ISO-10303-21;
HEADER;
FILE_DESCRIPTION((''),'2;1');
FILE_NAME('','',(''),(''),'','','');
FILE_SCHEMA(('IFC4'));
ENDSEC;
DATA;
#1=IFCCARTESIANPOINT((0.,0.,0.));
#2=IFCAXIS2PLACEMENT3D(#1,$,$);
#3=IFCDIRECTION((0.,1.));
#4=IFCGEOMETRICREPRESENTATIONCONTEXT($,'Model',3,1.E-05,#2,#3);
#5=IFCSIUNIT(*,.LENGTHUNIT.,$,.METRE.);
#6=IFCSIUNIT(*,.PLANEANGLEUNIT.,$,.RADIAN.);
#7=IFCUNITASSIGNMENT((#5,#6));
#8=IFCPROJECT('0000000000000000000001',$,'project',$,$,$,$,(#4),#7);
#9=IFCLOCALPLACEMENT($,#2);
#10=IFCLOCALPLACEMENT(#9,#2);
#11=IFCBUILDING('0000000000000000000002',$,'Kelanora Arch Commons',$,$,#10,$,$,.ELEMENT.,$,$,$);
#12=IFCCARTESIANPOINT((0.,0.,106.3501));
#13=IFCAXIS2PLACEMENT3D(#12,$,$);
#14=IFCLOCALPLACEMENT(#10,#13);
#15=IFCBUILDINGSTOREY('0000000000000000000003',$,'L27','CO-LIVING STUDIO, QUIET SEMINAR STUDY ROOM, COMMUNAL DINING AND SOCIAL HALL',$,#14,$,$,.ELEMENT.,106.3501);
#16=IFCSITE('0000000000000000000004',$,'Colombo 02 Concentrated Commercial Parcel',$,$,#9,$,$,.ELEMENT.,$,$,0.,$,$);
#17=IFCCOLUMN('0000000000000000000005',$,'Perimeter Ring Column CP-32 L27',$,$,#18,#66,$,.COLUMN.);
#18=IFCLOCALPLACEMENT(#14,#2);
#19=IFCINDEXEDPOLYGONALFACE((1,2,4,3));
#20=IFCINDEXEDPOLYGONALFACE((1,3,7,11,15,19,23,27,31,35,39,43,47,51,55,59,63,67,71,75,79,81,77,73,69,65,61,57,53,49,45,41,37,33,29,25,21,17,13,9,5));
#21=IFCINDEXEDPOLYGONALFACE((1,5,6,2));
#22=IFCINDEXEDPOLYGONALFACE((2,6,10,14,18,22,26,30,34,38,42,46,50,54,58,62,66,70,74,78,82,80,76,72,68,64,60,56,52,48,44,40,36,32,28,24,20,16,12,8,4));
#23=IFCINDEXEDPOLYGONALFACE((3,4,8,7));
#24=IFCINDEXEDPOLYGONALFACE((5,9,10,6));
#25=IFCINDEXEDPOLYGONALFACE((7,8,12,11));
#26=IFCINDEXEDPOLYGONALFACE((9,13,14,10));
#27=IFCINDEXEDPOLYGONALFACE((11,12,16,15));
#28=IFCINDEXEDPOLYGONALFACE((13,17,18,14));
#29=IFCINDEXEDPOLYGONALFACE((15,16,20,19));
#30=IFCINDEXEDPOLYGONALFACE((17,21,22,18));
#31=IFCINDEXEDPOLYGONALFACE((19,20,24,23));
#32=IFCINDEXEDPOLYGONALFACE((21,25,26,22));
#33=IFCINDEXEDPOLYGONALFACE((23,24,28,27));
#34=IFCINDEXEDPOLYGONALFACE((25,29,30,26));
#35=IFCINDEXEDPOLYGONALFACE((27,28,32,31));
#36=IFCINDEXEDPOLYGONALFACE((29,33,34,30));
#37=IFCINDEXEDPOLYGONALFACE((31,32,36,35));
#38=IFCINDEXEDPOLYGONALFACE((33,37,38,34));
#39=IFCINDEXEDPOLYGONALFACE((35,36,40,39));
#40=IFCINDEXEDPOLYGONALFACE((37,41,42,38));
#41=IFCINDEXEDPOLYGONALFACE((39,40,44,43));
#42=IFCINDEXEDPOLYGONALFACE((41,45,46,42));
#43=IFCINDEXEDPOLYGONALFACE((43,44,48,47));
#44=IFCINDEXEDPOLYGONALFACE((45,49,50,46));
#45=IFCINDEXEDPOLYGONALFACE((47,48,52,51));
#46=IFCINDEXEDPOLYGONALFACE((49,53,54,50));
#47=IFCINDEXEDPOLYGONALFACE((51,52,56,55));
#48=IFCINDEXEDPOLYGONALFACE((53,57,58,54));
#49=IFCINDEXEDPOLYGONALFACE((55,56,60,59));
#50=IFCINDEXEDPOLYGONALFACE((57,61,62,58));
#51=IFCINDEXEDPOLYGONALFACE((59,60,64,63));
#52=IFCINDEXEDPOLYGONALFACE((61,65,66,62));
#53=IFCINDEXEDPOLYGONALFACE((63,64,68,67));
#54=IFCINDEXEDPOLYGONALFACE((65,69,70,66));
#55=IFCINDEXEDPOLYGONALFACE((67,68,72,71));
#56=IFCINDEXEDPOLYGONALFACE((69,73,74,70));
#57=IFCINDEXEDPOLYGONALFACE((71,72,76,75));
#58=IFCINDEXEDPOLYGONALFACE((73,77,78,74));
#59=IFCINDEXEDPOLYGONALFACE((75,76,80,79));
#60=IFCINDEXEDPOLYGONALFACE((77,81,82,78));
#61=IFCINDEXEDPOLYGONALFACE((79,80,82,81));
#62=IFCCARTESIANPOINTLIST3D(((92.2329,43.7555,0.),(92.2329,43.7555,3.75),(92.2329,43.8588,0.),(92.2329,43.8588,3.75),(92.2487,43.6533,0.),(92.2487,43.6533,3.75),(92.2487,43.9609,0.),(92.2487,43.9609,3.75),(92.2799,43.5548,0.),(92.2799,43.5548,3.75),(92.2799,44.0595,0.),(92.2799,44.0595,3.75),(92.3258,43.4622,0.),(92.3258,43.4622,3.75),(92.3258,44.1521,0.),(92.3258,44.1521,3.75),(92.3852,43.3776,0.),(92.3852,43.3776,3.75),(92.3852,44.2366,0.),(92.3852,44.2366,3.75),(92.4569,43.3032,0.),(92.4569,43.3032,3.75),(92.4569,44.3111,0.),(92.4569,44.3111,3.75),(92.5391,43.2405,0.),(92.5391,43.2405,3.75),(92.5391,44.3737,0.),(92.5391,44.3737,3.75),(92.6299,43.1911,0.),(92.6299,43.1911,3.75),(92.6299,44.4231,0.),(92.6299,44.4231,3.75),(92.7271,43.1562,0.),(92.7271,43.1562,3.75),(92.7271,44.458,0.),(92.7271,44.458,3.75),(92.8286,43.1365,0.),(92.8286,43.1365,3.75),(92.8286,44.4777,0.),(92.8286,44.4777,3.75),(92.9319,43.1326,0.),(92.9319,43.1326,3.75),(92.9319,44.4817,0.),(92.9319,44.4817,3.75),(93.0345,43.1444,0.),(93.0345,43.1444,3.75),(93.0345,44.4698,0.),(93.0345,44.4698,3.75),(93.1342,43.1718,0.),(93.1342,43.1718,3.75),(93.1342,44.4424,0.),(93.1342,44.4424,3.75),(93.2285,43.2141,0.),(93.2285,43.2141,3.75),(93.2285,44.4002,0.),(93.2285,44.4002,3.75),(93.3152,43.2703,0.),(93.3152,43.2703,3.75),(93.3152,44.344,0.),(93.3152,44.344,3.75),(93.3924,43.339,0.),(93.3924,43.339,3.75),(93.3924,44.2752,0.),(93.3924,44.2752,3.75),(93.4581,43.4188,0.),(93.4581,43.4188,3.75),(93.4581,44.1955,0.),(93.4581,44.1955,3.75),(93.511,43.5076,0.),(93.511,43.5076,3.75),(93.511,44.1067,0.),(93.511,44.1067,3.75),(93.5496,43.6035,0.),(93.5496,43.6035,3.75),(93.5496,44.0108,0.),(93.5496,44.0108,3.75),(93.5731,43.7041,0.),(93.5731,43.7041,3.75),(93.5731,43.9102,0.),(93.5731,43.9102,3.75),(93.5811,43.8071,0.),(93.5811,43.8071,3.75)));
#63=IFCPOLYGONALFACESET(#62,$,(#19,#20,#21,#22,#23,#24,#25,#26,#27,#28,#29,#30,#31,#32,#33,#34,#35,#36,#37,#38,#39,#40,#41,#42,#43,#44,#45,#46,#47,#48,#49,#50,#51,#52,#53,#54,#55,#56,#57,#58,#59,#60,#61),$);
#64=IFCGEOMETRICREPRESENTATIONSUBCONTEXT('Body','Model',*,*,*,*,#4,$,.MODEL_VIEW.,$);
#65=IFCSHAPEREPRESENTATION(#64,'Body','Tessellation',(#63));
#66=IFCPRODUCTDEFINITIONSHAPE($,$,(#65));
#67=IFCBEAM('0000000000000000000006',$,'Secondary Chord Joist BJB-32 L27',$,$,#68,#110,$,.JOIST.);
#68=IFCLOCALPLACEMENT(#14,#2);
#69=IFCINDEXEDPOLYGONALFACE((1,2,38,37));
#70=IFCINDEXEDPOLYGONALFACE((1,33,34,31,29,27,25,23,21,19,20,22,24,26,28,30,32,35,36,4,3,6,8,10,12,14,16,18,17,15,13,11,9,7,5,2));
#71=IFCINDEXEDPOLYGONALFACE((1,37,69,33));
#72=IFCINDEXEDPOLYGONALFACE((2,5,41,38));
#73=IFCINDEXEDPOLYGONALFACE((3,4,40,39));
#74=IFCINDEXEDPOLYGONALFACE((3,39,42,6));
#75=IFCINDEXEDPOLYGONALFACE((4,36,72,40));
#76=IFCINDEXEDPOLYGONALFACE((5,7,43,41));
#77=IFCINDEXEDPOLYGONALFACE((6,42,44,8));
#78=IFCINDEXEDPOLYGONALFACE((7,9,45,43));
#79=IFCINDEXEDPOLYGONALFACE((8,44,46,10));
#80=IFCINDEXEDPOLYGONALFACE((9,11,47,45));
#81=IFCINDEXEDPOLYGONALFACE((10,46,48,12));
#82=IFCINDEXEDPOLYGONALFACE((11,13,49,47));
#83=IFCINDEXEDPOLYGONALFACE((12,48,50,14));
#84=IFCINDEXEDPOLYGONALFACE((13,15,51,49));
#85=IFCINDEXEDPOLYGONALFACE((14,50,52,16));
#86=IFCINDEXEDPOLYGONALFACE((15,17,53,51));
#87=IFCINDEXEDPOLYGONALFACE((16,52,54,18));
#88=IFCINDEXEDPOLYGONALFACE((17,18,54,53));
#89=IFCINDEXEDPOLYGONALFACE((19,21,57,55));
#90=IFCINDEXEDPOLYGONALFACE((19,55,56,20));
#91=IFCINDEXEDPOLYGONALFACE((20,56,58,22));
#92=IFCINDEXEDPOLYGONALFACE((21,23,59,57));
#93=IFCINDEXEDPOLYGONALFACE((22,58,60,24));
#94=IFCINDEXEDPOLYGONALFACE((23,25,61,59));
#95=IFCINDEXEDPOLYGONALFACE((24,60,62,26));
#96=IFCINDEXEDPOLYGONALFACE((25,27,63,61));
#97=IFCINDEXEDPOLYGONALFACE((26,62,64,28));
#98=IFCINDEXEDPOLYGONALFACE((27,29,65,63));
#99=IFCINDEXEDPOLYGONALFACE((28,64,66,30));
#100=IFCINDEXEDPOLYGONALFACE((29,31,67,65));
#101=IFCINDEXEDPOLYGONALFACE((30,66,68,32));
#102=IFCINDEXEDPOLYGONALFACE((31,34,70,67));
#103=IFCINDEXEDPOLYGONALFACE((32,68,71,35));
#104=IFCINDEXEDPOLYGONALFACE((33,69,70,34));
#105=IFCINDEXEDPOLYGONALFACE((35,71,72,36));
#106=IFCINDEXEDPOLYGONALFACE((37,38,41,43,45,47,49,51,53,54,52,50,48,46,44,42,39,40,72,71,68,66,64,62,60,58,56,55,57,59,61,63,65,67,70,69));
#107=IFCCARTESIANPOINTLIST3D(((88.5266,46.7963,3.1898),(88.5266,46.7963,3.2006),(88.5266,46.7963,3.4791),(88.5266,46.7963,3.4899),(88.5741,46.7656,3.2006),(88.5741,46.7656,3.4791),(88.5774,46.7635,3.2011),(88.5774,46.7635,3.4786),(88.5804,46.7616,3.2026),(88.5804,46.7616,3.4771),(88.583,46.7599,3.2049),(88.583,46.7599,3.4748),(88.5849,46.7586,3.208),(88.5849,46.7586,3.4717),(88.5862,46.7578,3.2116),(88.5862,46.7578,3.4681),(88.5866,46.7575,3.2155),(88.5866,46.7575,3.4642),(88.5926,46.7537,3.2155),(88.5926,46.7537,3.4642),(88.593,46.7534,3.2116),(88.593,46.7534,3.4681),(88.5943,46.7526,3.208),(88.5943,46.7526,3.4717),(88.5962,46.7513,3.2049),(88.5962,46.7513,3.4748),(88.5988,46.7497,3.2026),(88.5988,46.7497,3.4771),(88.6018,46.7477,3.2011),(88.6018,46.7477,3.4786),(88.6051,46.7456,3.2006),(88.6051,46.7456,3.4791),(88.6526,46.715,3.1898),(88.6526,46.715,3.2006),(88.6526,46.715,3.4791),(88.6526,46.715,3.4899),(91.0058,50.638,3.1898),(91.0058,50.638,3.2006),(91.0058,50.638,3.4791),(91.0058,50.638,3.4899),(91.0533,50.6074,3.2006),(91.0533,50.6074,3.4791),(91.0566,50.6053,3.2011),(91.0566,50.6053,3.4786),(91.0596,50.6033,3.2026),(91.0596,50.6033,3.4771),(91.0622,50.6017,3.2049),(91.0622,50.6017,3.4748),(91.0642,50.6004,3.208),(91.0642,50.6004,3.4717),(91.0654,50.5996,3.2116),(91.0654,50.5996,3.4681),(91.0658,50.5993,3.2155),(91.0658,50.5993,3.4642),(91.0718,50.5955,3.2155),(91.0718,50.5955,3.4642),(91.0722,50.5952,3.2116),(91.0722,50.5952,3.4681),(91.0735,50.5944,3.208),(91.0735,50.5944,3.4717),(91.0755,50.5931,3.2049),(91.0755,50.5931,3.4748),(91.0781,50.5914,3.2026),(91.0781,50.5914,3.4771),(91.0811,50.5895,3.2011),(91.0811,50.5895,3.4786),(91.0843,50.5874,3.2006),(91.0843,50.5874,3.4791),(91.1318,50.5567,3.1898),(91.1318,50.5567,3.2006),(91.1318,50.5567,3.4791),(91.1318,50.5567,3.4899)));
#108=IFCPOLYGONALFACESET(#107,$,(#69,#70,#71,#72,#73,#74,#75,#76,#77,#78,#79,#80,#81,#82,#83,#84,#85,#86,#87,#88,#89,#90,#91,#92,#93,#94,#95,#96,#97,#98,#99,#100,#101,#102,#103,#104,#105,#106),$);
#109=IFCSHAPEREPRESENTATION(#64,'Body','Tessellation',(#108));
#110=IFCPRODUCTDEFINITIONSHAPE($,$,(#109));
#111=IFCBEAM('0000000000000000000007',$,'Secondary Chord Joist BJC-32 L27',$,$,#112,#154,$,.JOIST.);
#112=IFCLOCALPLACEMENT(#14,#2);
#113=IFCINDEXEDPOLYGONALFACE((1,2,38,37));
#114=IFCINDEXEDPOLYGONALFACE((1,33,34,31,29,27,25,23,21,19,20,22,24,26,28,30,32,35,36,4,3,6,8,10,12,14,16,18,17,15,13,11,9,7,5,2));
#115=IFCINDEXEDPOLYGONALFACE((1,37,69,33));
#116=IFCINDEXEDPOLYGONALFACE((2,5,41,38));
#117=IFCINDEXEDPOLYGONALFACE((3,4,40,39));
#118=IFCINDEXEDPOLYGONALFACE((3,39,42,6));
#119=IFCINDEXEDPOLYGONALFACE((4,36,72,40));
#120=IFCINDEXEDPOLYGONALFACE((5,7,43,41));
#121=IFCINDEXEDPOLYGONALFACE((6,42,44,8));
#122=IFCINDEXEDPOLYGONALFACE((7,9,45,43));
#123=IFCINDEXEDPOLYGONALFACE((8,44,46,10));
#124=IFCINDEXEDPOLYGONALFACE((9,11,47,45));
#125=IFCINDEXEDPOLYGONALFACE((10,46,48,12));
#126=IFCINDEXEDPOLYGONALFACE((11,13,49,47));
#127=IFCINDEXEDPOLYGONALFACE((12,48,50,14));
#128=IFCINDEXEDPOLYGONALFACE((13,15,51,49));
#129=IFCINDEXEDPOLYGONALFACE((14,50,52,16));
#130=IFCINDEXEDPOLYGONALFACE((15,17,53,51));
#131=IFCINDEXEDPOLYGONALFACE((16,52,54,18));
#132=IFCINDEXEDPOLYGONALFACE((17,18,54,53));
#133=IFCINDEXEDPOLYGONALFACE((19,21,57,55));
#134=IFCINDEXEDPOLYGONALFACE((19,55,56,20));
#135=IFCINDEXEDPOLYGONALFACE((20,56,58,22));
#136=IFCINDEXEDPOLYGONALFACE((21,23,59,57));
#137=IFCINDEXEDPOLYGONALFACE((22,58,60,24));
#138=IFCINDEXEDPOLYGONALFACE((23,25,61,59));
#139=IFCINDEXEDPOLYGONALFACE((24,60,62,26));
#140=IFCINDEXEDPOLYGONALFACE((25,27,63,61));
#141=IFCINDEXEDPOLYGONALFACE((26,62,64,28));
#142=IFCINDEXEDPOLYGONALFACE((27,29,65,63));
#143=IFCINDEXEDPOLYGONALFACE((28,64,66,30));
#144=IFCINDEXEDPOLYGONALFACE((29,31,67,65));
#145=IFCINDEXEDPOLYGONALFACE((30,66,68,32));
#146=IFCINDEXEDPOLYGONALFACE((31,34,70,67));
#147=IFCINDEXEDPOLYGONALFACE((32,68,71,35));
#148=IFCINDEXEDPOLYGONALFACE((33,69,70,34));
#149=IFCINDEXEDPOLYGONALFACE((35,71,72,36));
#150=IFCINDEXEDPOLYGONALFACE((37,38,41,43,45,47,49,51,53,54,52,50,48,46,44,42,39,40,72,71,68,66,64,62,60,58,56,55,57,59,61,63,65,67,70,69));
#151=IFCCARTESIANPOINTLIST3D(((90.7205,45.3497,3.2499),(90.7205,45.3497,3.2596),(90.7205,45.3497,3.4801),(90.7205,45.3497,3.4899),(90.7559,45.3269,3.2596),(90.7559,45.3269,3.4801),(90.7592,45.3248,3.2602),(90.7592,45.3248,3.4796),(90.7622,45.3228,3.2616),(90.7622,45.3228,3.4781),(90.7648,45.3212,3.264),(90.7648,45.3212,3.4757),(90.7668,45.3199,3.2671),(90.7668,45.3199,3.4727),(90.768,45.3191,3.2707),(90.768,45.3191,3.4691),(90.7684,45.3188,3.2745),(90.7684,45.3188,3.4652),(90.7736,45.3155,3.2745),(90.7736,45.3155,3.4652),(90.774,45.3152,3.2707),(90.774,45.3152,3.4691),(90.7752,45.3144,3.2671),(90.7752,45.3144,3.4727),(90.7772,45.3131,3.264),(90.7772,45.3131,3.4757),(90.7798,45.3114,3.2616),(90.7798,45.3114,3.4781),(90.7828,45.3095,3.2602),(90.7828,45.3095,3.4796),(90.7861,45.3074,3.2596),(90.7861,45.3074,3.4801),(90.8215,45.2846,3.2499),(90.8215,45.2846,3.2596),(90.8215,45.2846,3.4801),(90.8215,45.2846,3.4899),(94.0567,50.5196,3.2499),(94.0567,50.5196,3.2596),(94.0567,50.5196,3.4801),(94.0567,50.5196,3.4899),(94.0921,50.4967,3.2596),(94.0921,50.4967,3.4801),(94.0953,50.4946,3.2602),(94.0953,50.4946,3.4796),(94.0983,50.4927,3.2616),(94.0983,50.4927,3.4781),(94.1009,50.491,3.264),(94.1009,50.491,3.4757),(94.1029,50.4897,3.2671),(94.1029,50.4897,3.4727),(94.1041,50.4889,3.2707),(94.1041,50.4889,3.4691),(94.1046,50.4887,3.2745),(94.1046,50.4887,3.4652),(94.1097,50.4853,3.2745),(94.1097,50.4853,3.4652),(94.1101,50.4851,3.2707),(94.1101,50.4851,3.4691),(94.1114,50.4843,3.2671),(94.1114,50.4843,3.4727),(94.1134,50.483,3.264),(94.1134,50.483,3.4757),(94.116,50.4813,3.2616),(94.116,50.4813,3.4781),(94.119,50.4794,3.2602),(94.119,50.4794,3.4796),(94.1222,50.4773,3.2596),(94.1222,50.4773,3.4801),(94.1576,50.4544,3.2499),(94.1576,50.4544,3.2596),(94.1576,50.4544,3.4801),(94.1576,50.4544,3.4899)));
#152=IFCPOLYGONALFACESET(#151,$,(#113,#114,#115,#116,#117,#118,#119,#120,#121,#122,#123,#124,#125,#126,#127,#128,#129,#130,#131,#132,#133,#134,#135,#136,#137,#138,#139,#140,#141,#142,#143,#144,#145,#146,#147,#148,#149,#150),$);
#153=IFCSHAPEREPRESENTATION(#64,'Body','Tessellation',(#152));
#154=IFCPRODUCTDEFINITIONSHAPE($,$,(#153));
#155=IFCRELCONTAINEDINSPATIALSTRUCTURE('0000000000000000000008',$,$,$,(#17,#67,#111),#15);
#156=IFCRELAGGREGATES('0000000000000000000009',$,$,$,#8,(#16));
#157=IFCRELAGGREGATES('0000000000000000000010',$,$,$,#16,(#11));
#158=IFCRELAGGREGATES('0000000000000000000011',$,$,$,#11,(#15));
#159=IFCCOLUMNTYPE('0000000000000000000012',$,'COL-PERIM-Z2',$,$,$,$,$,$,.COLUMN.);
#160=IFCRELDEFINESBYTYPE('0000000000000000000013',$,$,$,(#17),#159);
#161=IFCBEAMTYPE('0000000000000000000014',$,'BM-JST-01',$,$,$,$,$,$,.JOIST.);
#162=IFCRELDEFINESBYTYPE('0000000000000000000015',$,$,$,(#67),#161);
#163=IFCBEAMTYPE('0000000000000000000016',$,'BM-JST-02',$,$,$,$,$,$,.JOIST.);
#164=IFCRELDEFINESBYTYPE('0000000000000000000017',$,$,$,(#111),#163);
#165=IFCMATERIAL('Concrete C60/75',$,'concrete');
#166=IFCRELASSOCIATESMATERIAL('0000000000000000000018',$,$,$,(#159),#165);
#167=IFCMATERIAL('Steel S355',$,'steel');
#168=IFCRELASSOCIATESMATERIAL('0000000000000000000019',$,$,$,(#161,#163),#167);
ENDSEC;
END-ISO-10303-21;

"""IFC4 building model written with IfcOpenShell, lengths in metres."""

from ifc_helpers import new_model, si_unit, direction, frame, origin, origin_2d, place, context, subcontext, project, spatial, circle, i_section, extrude, material, material_profile, profile_set, type_object, element, save


model = new_model("IFC4")

# Units and contexts
model_context = context("Model", 3, precision=1e-05, world=origin(), true_north=direction((0.0, 1.0)))
body_context = subcontext(model_context, "Body", "Model", "MODEL_VIEW")
ifc_project = project(units=[si_unit("LENGTHUNIT", "METRE"), si_unit("PLANEANGLEUNIT", "RADIAN")], contexts=[model_context])

# Site, building, storey
site_placement = place(None, origin())
site = spatial("IfcSite", under=ifc_project, at=site_placement, Name="Colombo 02 Concentrated Commercial Parcel", CompositionType="ELEMENT", RefElevation=0.0)
building_placement = place(site_placement, origin())
building = spatial("IfcBuilding", under=site, at=building_placement, Name="Kelanora Arch Commons", CompositionType="ELEMENT")
storey_placement = place(building_placement, frame((0.0, 0.0, 106.3501)))
storey = spatial("IfcBuildingStorey", under=building, at=storey_placement, Name="L27", Description="CO-LIVING STUDIO, QUIET SEMINAR STUDY ROOM, COMMUNAL DINING AND SOCIAL HALL", CompositionType="ELEMENT", Elevation=106.3501)

# Column
ifc_material_1 = material(Name="Concrete C60/75", Category="concrete")
ifc_material_profile_1 = material_profile(ifc_material_1, circle(Radius=0.675, at=origin_2d()), Name="RCC1350")
ifc_profile_set_1 = profile_set([ifc_material_profile_1], Name="Concrete C60/75")
column_type = type_object("IfcColumnType", Name="COL-PERIM-Z2", PredefinedType="COLUMN", material=ifc_profile_set_1)
column_placement = place(storey_placement, frame((92.906, 43.8071, 0.0), z_axis=(0.0, 0.0, 1.0), x_axis=(1.0, 0.0, 0.0)))
element("IfcColumn", 1, at=column_placement, inside=storey, type_object=column_type, Name="Perimeter Ring Column CP-32 L27", PredefinedType="COLUMN", context=body_context, shape_type="SweptSolid", body=[
    extrude(circle(Radius=0.675, at=origin_2d()), origin(), (0.0, 0.0, 1.0), 3.75),
])

# Beams
ifc_material_2 = material(Name="Steel S355", Category="steel")
ifc_material_profile_2 = material_profile(ifc_material_2, i_section(OverallWidth=0.1499, OverallDepth=0.3, WebThickness=0.0071, FlangeThickness=0.0107, FilletRadius=0.0149, at=origin_2d()), Name="IPE300")
ifc_profile_set_2 = profile_set([ifc_material_profile_2], Name="Steel S355")
beam_type_1 = type_object("IfcBeamType", Name="BM-JST-01", PredefinedType="JOIST", material=ifc_profile_set_2)
beam_1_placement = place(storey_placement, frame((88.5896, 46.7556, 3.3398), z_axis=(0.54223, 0.84023, 0.0), x_axis=(-0.84023, 0.54223, 0.0)))
element("IfcBeam", 2, at=beam_1_placement, inside=storey, type_object=beam_type_1, Name="Secondary Chord Joist BJB-32 L27", PredefinedType="JOIST", context=body_context, shape_type="SweptSolid", body=[
    extrude(i_section(OverallWidth=0.1499, OverallDepth=0.3, WebThickness=0.0071, FlangeThickness=0.0107, FilletRadius=0.0149, at=origin_2d()), origin(), (0.0, 0.0, 1.0), 4.5723),
])
ifc_material_profile_3 = material_profile(ifc_material_2, i_section(OverallWidth=0.1201, OverallDepth=0.24, WebThickness=0.0061, FlangeThickness=0.0098, FilletRadius=0.0149, at=origin_2d()), Name="IPE240")
ifc_profile_set_3 = profile_set([ifc_material_profile_3], Name="Steel S355")
beam_type_2 = type_object("IfcBeamType", Name="BM-JST-02", PredefinedType="JOIST", material=ifc_profile_set_3)
beam_2_placement = place(storey_placement, frame((90.771, 45.3171, 3.3699), z_axis=(0.542213, 0.840241, 0.0), x_axis=(-0.840241, 0.542213, 0.0)))
element("IfcBeam", 3, at=beam_2_placement, inside=storey, type_object=beam_type_2, Name="Secondary Chord Joist BJC-32 L27", PredefinedType="JOIST", context=body_context, shape_type="SweptSolid", body=[
    extrude(i_section(OverallWidth=0.1201, OverallDepth=0.24, WebThickness=0.0061, FlangeThickness=0.0098, FilletRadius=0.0149, at=origin_2d()), origin(), (0.0, 0.0, 1.0), 6.1528),
])

save(model, "model.ifc")
